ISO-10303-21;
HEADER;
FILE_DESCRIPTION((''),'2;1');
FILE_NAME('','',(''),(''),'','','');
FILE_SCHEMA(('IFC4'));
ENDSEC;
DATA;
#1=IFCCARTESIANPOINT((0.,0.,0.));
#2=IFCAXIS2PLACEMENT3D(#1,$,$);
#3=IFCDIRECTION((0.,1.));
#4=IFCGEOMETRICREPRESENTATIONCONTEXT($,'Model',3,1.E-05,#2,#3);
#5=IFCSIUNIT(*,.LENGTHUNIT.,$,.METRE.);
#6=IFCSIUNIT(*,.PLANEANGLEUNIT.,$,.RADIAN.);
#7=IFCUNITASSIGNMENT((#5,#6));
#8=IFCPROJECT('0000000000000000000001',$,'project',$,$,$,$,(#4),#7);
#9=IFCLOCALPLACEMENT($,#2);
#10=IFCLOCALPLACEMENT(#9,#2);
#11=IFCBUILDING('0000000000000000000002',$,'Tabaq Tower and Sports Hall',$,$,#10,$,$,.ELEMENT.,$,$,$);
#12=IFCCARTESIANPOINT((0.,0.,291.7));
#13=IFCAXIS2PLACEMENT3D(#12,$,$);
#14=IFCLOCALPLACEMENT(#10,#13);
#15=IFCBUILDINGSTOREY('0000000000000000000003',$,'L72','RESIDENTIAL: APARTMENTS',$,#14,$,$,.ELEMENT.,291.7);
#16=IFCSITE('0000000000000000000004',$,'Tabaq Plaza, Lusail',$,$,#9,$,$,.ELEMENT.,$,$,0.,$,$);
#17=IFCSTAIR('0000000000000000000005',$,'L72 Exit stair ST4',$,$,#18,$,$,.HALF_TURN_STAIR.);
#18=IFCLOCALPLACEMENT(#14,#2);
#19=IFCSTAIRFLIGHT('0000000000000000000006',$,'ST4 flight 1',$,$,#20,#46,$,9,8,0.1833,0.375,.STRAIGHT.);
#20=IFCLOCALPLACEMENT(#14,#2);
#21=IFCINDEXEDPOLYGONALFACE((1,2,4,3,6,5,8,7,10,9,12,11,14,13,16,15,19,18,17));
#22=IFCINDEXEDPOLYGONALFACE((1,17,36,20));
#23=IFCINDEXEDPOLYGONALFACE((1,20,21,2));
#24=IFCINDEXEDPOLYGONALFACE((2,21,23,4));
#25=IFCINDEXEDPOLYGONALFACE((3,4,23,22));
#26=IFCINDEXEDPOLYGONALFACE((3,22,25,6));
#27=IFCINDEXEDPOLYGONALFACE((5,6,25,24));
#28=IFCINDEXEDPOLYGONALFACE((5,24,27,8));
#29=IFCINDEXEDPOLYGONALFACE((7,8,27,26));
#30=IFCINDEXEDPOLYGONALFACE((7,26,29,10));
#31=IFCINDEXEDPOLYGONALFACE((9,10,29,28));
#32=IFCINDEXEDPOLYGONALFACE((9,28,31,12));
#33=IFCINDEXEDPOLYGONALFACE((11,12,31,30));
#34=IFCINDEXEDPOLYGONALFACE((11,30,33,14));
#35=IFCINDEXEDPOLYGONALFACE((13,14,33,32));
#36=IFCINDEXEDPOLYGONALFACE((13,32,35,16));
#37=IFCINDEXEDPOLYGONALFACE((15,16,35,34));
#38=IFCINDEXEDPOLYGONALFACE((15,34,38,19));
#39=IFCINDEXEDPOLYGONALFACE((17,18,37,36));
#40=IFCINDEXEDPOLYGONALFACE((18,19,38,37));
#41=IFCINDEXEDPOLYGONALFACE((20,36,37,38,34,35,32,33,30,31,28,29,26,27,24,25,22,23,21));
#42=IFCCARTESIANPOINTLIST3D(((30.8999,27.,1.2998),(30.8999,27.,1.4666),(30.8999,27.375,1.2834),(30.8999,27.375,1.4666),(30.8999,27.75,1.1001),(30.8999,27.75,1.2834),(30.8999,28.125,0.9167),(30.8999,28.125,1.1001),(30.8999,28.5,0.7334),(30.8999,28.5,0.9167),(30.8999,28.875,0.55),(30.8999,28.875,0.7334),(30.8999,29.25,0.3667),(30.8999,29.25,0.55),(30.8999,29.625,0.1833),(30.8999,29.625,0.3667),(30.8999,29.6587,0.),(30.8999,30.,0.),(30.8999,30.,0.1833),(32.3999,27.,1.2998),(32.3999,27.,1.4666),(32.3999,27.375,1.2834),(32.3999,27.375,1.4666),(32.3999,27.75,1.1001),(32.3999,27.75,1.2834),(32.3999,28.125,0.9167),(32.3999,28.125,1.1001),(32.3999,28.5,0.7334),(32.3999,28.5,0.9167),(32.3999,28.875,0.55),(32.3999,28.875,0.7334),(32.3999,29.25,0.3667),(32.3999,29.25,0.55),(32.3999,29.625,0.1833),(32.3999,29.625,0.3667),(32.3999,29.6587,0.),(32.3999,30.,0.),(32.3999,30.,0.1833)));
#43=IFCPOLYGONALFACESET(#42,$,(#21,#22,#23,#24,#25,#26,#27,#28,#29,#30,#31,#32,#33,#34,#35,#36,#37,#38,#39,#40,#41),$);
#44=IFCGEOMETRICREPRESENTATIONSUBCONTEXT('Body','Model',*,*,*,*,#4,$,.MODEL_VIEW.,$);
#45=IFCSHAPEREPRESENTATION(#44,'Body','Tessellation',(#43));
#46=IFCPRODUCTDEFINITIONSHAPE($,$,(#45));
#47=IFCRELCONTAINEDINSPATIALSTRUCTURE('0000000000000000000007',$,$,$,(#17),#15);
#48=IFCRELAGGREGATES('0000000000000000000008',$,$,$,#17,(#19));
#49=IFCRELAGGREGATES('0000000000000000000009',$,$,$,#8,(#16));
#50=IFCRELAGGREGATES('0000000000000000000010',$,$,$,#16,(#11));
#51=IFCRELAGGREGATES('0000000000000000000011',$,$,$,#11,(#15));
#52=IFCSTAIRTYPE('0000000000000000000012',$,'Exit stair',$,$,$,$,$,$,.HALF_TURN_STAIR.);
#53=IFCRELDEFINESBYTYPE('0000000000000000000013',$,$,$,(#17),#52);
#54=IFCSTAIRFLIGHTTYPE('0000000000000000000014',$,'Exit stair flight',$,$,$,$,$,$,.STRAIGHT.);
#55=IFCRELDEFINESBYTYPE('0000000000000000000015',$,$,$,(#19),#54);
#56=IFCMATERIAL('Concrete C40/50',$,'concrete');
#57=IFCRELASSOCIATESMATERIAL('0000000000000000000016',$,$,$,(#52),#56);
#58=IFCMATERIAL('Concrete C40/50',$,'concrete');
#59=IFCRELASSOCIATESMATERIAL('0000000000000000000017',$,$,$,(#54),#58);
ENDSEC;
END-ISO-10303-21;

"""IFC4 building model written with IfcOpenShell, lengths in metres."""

from ifc_helpers import new_model, si_unit, direction, frame, origin, place, context, subcontext, project, spatial, polyline, outline, extrude, material, type_object, element, aggregate, save


model = new_model("IFC4")

# Units and contexts
model_context = context("Model", 3, precision=1e-05, world=origin(), true_north=direction((0.0, 1.0)))
body_context = subcontext(model_context, "Body", "Model", "MODEL_VIEW")
ifc_project = project(units=[si_unit("LENGTHUNIT", "METRE"), si_unit("PLANEANGLEUNIT", "RADIAN")], contexts=[model_context])

# Site, building, storey
site_placement = place(None, origin())
site = spatial("IfcSite", under=ifc_project, at=site_placement, Name="Tabaq Plaza, Lusail", CompositionType="ELEMENT", RefElevation=0.0)
building_placement = place(site_placement, origin())
building = spatial("IfcBuilding", under=site, at=building_placement, Name="Tabaq Tower and Sports Hall", CompositionType="ELEMENT")
storey_placement = place(building_placement, frame((0.0, 0.0, 291.7)))
storey = spatial("IfcBuildingStorey", under=building, at=storey_placement, Name="L72", Description="RESIDENTIAL: APARTMENTS", CompositionType="ELEMENT", Elevation=291.7)

# Stair, stair flight
ifc_material_1 = material(Name="Concrete C40/50", Category="concrete")
stair_type = type_object("IfcStairType", Name="Exit stair", PredefinedType="HALF_TURN_STAIR", material=ifc_material_1)
stair_placement = place(storey_placement, origin())
stair = element("IfcStair", 1, at=stair_placement, inside=storey, type_object=stair_type, Name="L72 Exit stair ST4", PredefinedType="HALF_TURN_STAIR")
ifc_material_2 = material(Name="Concrete C40/50", Category="concrete")
stair_flight_type = type_object("IfcStairFlightType", Name="Exit stair flight", PredefinedType="STRAIGHT", material=ifc_material_2)
stair_flight_placement = place(storey_placement, frame((31.6499, 30.0, 0.0), z_axis=(0.0, 0.0, 1.0), x_axis=(0.0, -1.0, 0.0)))
stair_flight = element("IfcStairFlight", 2, at=stair_flight_placement, type_object=stair_flight_type, Name="ST4 flight 1", NumberOfRisers=9, NumberOfTreads=8, PredefinedType="STRAIGHT", RiserHeight=0.1833, TreadLength=0.375, context=body_context, shape_type="SweptSolid", body=[
    extrude(outline(polyline([(0.0, 0.0), (0.0, 0.1833), (0.375, 0.1833), (0.375, 0.3667), (0.75, 0.3667), (0.75, 0.55), (1.125, 0.55), (1.125, 0.7334), (1.5, 0.7334), (1.5, 0.9167), (1.875, 0.9167), (1.875, 1.1001), (2.25, 1.1001), (2.25, 1.2834), (2.625, 1.2834), (2.625, 1.4666), (3.0, 1.4666), (3.0, 1.6499), (3.0, 1.2998), (0.3413, 0.0), (0.0, 0.0)])), frame((0.0, 0.75, 0.0), z_axis=(0.0, -1.0, 0.0), x_axis=(1.0, 0.0, 0.0)), (0.0, 0.0, 1.0), 1.5),
])
aggregate(stair, [stair_flight])

save(model, "model.ifc")
